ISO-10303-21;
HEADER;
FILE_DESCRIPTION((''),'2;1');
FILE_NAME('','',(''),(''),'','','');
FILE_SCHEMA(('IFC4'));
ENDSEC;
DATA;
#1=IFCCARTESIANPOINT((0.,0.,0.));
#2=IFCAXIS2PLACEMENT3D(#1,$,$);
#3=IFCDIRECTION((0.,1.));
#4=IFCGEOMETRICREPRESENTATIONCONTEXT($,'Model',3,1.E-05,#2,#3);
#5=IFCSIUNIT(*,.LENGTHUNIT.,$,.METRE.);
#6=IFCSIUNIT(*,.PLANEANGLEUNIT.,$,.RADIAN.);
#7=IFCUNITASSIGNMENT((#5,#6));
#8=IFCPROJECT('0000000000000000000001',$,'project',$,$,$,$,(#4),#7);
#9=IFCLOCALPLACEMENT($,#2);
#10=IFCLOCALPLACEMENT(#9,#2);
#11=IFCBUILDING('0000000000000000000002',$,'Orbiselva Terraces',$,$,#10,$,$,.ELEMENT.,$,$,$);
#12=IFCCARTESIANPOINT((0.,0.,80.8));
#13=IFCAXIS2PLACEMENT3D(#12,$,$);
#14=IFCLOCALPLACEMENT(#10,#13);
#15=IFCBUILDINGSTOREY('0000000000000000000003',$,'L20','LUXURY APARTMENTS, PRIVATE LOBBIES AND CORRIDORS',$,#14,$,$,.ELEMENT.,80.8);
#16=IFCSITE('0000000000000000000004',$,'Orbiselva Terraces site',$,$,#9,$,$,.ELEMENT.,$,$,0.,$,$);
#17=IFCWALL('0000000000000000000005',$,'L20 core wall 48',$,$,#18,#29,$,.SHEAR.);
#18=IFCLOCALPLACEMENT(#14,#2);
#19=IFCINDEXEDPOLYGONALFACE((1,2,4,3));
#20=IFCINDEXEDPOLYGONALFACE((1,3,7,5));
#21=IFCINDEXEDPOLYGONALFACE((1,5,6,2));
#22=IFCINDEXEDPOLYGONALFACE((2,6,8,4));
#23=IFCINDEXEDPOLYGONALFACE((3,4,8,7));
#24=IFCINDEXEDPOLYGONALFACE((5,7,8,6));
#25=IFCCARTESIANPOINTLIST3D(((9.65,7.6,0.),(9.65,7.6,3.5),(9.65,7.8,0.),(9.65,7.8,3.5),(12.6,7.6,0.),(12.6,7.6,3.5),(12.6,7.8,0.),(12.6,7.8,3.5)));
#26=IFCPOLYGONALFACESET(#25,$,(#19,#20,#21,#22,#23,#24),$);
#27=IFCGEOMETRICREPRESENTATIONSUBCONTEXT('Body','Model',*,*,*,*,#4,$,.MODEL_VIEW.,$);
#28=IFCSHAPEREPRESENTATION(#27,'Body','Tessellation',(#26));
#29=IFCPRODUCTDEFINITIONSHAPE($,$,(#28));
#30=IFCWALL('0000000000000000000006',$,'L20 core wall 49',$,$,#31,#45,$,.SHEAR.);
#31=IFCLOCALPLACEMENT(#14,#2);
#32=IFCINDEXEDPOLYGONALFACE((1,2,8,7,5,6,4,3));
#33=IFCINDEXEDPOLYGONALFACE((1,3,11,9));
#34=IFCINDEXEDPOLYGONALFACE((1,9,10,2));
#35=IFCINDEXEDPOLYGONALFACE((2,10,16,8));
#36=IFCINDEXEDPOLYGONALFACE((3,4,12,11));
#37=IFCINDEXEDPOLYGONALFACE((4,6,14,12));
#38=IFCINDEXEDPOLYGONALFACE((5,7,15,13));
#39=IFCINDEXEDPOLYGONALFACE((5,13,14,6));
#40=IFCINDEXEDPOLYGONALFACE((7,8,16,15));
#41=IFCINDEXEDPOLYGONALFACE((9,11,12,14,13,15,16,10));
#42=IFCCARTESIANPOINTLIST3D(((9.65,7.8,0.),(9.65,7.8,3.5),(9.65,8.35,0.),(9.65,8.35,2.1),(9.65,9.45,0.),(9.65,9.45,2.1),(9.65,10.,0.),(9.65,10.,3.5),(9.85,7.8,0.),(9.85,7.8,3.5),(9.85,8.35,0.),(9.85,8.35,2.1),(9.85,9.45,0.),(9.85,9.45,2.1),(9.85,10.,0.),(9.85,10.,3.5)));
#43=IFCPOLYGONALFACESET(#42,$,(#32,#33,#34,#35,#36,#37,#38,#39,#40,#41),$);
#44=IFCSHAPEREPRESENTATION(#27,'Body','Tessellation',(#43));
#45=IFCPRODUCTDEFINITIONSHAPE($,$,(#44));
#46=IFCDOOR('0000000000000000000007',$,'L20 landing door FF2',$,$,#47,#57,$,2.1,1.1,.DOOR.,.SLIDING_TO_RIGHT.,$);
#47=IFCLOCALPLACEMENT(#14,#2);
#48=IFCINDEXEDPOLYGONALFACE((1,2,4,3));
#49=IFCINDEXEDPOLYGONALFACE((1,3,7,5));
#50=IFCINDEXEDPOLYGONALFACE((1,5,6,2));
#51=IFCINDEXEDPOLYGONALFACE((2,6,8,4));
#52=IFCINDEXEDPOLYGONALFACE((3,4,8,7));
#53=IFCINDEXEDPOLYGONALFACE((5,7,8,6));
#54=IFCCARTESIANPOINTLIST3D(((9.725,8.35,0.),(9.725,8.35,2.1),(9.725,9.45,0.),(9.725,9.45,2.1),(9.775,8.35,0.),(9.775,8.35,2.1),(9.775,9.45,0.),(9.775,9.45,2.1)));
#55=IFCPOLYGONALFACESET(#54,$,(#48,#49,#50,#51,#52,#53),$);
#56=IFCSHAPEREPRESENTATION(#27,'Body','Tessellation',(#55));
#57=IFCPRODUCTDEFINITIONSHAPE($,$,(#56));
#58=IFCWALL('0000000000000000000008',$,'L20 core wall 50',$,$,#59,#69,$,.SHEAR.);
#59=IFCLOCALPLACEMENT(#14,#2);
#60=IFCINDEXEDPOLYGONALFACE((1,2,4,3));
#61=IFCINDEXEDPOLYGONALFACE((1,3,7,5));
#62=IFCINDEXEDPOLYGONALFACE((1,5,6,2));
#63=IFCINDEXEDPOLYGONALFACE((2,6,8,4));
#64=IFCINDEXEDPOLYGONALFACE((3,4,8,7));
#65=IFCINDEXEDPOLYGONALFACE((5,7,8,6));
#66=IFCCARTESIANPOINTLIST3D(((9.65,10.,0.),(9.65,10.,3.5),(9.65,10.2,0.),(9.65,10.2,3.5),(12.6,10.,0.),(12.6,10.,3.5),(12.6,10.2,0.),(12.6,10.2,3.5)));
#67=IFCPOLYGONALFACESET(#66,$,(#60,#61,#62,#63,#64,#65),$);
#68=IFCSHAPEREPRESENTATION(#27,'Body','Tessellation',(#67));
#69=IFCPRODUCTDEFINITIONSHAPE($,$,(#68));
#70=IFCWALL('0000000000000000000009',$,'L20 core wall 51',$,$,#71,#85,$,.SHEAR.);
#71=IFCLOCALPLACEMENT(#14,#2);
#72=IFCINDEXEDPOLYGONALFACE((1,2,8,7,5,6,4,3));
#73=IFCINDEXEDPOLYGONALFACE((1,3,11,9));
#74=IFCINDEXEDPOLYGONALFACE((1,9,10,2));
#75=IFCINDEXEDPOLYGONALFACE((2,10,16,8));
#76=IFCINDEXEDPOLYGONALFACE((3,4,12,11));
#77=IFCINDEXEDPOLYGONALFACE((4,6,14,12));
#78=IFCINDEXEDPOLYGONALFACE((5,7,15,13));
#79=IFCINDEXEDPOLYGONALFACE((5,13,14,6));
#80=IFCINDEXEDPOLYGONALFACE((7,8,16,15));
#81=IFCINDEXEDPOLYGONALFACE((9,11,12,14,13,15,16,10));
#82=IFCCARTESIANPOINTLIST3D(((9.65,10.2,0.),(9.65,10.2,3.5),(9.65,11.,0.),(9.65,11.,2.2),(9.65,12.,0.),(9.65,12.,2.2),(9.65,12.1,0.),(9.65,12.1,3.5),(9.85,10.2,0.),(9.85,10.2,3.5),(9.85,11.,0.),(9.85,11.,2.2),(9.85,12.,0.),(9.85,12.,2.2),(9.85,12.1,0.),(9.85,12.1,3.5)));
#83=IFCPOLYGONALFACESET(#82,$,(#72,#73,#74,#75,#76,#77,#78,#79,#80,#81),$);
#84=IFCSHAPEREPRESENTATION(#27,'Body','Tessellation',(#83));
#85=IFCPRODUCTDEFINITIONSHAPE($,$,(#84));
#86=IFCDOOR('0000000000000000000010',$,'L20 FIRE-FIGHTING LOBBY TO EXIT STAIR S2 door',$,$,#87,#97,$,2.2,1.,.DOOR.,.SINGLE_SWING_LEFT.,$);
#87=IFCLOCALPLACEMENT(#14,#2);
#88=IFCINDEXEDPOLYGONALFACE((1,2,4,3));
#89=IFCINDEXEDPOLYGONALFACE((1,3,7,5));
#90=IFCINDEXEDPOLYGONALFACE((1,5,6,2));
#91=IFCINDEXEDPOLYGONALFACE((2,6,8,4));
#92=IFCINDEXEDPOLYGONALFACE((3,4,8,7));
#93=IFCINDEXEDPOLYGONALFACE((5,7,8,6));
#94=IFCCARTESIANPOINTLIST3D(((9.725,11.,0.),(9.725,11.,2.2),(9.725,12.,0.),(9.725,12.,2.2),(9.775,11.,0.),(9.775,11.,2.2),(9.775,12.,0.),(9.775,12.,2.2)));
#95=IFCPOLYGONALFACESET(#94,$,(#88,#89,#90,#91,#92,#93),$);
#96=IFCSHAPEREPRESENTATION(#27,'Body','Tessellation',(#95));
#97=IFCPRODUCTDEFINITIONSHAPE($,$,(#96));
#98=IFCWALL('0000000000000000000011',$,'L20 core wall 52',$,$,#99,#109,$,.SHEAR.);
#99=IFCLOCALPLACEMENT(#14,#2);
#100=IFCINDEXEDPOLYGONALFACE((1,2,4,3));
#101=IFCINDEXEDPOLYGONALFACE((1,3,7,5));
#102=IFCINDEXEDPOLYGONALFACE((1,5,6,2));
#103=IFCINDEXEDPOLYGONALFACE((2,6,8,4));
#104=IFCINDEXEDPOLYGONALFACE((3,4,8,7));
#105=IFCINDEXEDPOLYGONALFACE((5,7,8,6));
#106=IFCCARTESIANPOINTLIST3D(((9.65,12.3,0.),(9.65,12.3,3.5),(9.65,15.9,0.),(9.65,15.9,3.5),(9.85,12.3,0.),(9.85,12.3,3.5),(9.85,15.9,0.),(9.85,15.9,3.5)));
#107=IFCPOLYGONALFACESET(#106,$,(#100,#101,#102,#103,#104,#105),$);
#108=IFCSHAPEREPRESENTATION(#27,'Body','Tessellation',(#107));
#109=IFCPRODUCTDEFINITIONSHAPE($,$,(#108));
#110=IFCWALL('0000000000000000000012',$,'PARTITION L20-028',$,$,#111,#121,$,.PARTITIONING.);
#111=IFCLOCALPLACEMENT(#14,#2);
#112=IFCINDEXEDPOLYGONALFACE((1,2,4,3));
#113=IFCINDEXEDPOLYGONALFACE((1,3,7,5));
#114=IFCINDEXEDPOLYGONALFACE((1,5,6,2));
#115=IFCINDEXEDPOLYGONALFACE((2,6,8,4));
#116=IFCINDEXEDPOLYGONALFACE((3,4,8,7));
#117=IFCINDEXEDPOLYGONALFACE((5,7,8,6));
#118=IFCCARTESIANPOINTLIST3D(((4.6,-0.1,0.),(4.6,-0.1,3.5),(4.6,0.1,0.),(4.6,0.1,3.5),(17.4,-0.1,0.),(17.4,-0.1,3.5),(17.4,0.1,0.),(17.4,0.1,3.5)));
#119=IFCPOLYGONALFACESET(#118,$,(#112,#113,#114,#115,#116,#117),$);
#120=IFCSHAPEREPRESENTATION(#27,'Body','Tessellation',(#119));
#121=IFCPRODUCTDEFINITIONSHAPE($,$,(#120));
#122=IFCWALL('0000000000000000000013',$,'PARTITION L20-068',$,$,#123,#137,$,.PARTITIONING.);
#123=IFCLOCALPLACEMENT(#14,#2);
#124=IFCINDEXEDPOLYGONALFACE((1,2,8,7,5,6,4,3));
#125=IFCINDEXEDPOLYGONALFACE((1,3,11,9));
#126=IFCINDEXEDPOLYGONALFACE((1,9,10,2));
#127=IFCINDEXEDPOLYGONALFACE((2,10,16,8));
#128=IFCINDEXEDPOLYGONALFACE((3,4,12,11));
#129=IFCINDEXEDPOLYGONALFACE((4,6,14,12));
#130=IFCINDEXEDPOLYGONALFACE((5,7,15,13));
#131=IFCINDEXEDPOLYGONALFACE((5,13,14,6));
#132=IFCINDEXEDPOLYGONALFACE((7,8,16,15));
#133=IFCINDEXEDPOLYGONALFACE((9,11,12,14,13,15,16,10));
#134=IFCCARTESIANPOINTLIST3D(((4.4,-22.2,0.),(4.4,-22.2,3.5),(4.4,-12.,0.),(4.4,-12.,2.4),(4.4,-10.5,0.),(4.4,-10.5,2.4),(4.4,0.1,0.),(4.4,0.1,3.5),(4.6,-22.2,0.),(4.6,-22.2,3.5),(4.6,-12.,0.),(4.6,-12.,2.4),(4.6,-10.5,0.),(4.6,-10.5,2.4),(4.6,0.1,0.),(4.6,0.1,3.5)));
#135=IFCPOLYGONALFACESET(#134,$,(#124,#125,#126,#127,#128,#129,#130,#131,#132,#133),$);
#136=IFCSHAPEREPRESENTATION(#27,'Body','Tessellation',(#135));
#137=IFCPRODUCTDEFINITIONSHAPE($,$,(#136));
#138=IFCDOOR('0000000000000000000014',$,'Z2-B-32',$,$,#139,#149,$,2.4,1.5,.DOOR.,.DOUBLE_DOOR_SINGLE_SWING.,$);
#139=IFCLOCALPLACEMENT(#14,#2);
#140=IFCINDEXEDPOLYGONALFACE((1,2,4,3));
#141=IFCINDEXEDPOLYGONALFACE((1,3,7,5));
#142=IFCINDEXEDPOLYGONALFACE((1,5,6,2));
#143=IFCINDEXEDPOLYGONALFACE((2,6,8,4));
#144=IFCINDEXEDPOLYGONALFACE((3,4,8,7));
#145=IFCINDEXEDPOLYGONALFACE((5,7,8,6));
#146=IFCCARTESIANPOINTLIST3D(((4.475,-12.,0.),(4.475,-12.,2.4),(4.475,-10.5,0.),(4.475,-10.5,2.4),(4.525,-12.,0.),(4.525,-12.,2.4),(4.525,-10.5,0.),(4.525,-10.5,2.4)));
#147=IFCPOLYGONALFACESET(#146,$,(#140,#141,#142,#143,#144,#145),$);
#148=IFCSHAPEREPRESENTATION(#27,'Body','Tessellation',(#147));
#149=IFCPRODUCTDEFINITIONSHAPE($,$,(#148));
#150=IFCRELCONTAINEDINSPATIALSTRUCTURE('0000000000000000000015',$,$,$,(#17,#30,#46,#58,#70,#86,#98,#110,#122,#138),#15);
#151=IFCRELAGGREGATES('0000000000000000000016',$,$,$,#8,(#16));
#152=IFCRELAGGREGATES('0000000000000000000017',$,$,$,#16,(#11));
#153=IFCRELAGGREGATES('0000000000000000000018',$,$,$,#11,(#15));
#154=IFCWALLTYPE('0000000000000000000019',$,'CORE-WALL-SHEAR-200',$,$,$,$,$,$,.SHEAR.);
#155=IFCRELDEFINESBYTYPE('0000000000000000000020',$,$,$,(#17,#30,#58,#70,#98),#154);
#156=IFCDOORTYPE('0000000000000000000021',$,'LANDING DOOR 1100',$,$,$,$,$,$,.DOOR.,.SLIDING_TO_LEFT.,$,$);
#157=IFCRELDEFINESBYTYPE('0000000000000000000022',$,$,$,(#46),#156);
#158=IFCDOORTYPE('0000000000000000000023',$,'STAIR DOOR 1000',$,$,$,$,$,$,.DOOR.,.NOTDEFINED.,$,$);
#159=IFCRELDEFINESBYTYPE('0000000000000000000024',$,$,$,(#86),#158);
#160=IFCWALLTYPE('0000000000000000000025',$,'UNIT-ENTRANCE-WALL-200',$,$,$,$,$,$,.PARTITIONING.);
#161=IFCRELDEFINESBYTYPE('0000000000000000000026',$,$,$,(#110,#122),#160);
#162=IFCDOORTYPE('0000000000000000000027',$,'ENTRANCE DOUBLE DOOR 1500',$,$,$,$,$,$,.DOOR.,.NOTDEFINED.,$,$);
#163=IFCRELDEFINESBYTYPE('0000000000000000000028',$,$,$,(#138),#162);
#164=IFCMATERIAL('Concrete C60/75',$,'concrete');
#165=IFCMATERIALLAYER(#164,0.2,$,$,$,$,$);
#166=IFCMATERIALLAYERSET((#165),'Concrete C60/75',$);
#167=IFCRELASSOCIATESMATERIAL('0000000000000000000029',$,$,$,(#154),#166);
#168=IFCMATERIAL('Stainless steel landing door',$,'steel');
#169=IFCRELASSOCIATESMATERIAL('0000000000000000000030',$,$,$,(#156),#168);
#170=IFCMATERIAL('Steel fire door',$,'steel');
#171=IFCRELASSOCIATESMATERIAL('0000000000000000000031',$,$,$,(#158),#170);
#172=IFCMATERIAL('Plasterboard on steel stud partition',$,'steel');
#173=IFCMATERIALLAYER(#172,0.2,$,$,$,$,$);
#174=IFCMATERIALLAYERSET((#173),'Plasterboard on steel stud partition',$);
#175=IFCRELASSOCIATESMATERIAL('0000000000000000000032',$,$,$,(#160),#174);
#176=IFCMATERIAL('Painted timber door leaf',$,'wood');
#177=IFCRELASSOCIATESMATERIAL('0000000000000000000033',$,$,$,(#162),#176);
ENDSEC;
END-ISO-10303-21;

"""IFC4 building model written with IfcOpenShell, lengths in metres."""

from ifc_helpers import new_model, si_unit, direction, frame, frame_2d, origin, place, context, subcontext, project, spatial, rectangle, extrude, material, layer, layer_set, type_object, element, fill, save


model = new_model("IFC4")

# Units and contexts
model_context = context("Model", 3, precision=1e-05, world=origin(), true_north=direction((0.0, 1.0)))
body_context = subcontext(model_context, "Body", "Model", "MODEL_VIEW")
ifc_project = project(units=[si_unit("LENGTHUNIT", "METRE"), si_unit("PLANEANGLEUNIT", "RADIAN")], contexts=[model_context])

# Site, building, storey
site_placement = place(None, origin())
site = spatial("IfcSite", under=ifc_project, at=site_placement, Name="Orbiselva Terraces site", CompositionType="ELEMENT", RefElevation=0.0)
building_placement = place(site_placement, origin())
building = spatial("IfcBuilding", under=site, at=building_placement, Name="Orbiselva Terraces", CompositionType="ELEMENT")
storey_placement = place(building_placement, frame((0.0, 0.0, 80.8)))
storey = spatial("IfcBuildingStorey", under=building, at=storey_placement, Name="L20", Description="LUXURY APARTMENTS, PRIVATE LOBBIES AND CORRIDORS", CompositionType="ELEMENT", Elevation=80.8)

# Shared definitions
ifc_material_1 = material(Name="Steel fire door", Category="steel")

# Shared definitions
ifc_material_2 = material(Name="Concrete C60/75", Category="concrete")
ifc_layer_1 = layer(ifc_material_2, 0.2)
ifc_layer_set_1 = layer_set([ifc_layer_1], Name="Concrete C60/75")
wall_type_1 = type_object("IfcWallType", Name="CORE-WALL-SHEAR-200", PredefinedType="SHEAR", material=ifc_layer_set_1)

# Shared definitions
ifc_material_3 = material(Name="Stainless steel landing door", Category="steel")
door_type_1 = type_object("IfcDoorType", Name="LANDING DOOR 1100", OperationType="SLIDING_TO_LEFT", PredefinedType="DOOR", material=ifc_material_3)

# Wall
wall_1_placement = place(storey_placement, frame((9.65, 7.7, 0.0), z_axis=(0.0, 0.0, 1.0), x_axis=(1.0, 0.0, 0.0)))
element("IfcWall", 1, at=wall_1_placement, inside=storey, type_object=wall_type_1, Name="L20 core wall 48", PredefinedType="SHEAR", context=body_context, shape_type="SweptSolid", body=[
    extrude(rectangle(XDim=2.95, YDim=0.2, at=frame_2d((1.475, 0.0))), origin(), (0.0, 0.0, 1.0), 3.5),
])

# Wall, opening, door
wall_2_placement = place(storey_placement, frame((9.75, 7.8, 0.0), z_axis=(0.0, 0.0, 1.0), x_axis=(0.0, 1.0, 0.0)))
wall_2 = element("IfcWall", 2, at=wall_2_placement, inside=storey, type_object=wall_type_1, Name="L20 core wall 49", PredefinedType="SHEAR", context=body_context, shape_type="SweptSolid", body=[
    extrude(rectangle(XDim=2.2, YDim=0.2, at=frame_2d((1.1, 0.0))), origin(), (0.0, 0.0, 1.0), 3.5),
])
opening_1_placement = place(wall_2_placement, frame((0.55, 0.0, 0.0)))
opening_1 = element("IfcOpeningElement", 3, at=opening_1_placement, cuts=wall_2, PredefinedType="OPENING", context=body_context, shape_type="SweptSolid", body=[
    extrude(rectangle(XDim=1.1, YDim=2.1, at=frame_2d((0.55, 1.05))), frame((0.0, 0.11, 0.0), z_axis=(0.0, -1.0, 0.0), x_axis=(1.0, 0.0, 0.0)), (0.0, 0.0, 1.0), 0.22),
])
door_1_placement = place(opening_1_placement, origin())
door_1 = element("IfcDoor", 4, at=door_1_placement, inside=storey, type_object=door_type_1, Name="L20 landing door FF2", OperationType="SLIDING_TO_RIGHT", OverallHeight=2.1, OverallWidth=1.1, PredefinedType="DOOR", context=body_context, shape_type="SweptSolid", body=[
    extrude(rectangle(XDim=1.1, YDim=2.1, at=frame_2d((0.55, 1.05))), frame((0.0, 0.025, 0.0), z_axis=(0.0, -1.0, 0.0), x_axis=(1.0, 0.0, 0.0)), (0.0, 0.0, 1.0), 0.05),
])
fill(opening_1, door_1)

# Wall
wall_3_placement = place(storey_placement, frame((9.65, 10.1, 0.0), z_axis=(0.0, 0.0, 1.0), x_axis=(1.0, 0.0, 0.0)))
element("IfcWall", 5, at=wall_3_placement, inside=storey, type_object=wall_type_1, Name="L20 core wall 50", PredefinedType="SHEAR", context=body_context, shape_type="SweptSolid", body=[
    extrude(rectangle(XDim=2.95, YDim=0.2, at=frame_2d((1.475, 0.0))), origin(), (0.0, 0.0, 1.0), 3.5),
])

# Wall, opening, door
wall_4_placement = place(storey_placement, frame((9.75, 12.1, 0.0), z_axis=(0.0, 0.0, 1.0), x_axis=(0.0, -1.0, 0.0)))
wall_4 = element("IfcWall", 6, at=wall_4_placement, inside=storey, type_object=wall_type_1, Name="L20 core wall 51", PredefinedType="SHEAR", context=body_context, shape_type="SweptSolid", body=[
    extrude(rectangle(XDim=1.9, YDim=0.2, at=frame_2d((0.95, 0.0))), origin(), (0.0, 0.0, 1.0), 3.5),
])
opening_2_placement = place(wall_4_placement, frame((0.1, 0.0, 0.0)))
opening_2 = element("IfcOpeningElement", 7, at=opening_2_placement, cuts=wall_4, PredefinedType="OPENING", context=body_context, shape_type="SweptSolid", body=[
    extrude(rectangle(XDim=1.0, YDim=2.2, at=frame_2d((0.5, 1.1))), frame((0.0, 0.11, 0.0), z_axis=(0.0, -1.0, 0.0), x_axis=(1.0, 0.0, 0.0)), (0.0, 0.0, 1.0), 0.22),
])
door_type_2 = type_object("IfcDoorType", Name="STAIR DOOR 1000", OperationType="NOTDEFINED", PredefinedType="DOOR", material=ifc_material_1)
door_2_placement = place(opening_2_placement, origin())
door_2 = element("IfcDoor", 8, at=door_2_placement, inside=storey, type_object=door_type_2, Name="L20 FIRE-FIGHTING LOBBY TO EXIT STAIR S2 door", OperationType="SINGLE_SWING_LEFT", OverallHeight=2.2, OverallWidth=1.0, PredefinedType="DOOR", context=body_context, shape_type="SweptSolid", body=[
    extrude(rectangle(XDim=1.0, YDim=2.2, at=frame_2d((0.5, 1.1))), frame((0.0, 0.025, 0.0), z_axis=(0.0, -1.0, 0.0), x_axis=(1.0, 0.0, 0.0)), (0.0, 0.0, 1.0), 0.05),
])
fill(opening_2, door_2)

# Walls
wall_5_placement = place(storey_placement, frame((9.75, 12.3, 0.0), z_axis=(0.0, 0.0, 1.0), x_axis=(0.0, 1.0, 0.0)))
element("IfcWall", 9, at=wall_5_placement, inside=storey, type_object=wall_type_1, Name="L20 core wall 52", PredefinedType="SHEAR", context=body_context, shape_type="SweptSolid", body=[
    extrude(rectangle(XDim=3.6, YDim=0.2, at=frame_2d((1.8, 0.0))), origin(), (0.0, 0.0, 1.0), 3.5),
])
ifc_material_4 = material(Name="Plasterboard on steel stud partition", Category="steel")
ifc_layer_2 = layer(ifc_material_4, 0.2)
ifc_layer_set_2 = layer_set([ifc_layer_2], Name="Plasterboard on steel stud partition")
wall_type_2 = type_object("IfcWallType", Name="UNIT-ENTRANCE-WALL-200", PredefinedType="PARTITIONING", material=ifc_layer_set_2)
wall_6_placement = place(storey_placement, frame((4.6, 0.0, 0.0), z_axis=(0.0, 0.0, 1.0), x_axis=(1.0, 0.0, 0.0)))
element("IfcWall", 10, at=wall_6_placement, inside=storey, type_object=wall_type_2, Name="PARTITION L20-028", PredefinedType="PARTITIONING", context=body_context, shape_type="SweptSolid", body=[
    extrude(rectangle(XDim=12.8, YDim=0.2, at=frame_2d((6.4, 0.0))), origin(), (0.0, 0.0, 1.0), 3.5),
])

# Wall, opening, door
wall_7_placement = place(storey_placement, frame((4.5, 0.1, 0.0), z_axis=(0.0, 0.0, 1.0), x_axis=(0.0, -1.0, 0.0)))
wall_7 = element("IfcWall", 11, at=wall_7_placement, inside=storey, type_object=wall_type_2, Name="PARTITION L20-068", PredefinedType="PARTITIONING", context=body_context, shape_type="SweptSolid", body=[
    extrude(rectangle(XDim=22.3, YDim=0.2, at=frame_2d((11.15, 0.0))), origin(), (0.0, 0.0, 1.0), 3.5),
])
opening_3_placement = place(wall_7_placement, frame((10.6, 0.0, 0.0)))
opening_3 = element("IfcOpeningElement", 12, at=opening_3_placement, cuts=wall_7, PredefinedType="OPENING", context=body_context, shape_type="SweptSolid", body=[
    extrude(rectangle(XDim=1.5, YDim=2.4, at=frame_2d((0.75, 1.2))), frame((0.0, 0.11, 0.0), z_axis=(0.0, -1.0, 0.0), x_axis=(1.0, 0.0, 0.0)), (0.0, 0.0, 1.0), 0.22),
])
ifc_material_5 = material(Name="Painted timber door leaf", Category="wood")
door_type_3 = type_object("IfcDoorType", Name="ENTRANCE DOUBLE DOOR 1500", OperationType="NOTDEFINED", PredefinedType="DOOR", material=ifc_material_5)
door_3_placement = place(opening_3_placement, origin())
door_3 = element("IfcDoor", 13, at=door_3_placement, inside=storey, type_object=door_type_3, Name="Z2-B-32", OperationType="DOUBLE_DOOR_SINGLE_SWING", OverallHeight=2.4, OverallWidth=1.5, PredefinedType="DOOR", context=body_context, shape_type="SweptSolid", body=[
    extrude(rectangle(XDim=1.5, YDim=2.4, at=frame_2d((0.75, 1.2))), frame((0.0, 0.025, 0.0), z_axis=(0.0, -1.0, 0.0), x_axis=(1.0, 0.0, 0.0)), (0.0, 0.0, 1.0), 0.05),
])
fill(opening_3, door_3)

save(model, "model.ifc")
